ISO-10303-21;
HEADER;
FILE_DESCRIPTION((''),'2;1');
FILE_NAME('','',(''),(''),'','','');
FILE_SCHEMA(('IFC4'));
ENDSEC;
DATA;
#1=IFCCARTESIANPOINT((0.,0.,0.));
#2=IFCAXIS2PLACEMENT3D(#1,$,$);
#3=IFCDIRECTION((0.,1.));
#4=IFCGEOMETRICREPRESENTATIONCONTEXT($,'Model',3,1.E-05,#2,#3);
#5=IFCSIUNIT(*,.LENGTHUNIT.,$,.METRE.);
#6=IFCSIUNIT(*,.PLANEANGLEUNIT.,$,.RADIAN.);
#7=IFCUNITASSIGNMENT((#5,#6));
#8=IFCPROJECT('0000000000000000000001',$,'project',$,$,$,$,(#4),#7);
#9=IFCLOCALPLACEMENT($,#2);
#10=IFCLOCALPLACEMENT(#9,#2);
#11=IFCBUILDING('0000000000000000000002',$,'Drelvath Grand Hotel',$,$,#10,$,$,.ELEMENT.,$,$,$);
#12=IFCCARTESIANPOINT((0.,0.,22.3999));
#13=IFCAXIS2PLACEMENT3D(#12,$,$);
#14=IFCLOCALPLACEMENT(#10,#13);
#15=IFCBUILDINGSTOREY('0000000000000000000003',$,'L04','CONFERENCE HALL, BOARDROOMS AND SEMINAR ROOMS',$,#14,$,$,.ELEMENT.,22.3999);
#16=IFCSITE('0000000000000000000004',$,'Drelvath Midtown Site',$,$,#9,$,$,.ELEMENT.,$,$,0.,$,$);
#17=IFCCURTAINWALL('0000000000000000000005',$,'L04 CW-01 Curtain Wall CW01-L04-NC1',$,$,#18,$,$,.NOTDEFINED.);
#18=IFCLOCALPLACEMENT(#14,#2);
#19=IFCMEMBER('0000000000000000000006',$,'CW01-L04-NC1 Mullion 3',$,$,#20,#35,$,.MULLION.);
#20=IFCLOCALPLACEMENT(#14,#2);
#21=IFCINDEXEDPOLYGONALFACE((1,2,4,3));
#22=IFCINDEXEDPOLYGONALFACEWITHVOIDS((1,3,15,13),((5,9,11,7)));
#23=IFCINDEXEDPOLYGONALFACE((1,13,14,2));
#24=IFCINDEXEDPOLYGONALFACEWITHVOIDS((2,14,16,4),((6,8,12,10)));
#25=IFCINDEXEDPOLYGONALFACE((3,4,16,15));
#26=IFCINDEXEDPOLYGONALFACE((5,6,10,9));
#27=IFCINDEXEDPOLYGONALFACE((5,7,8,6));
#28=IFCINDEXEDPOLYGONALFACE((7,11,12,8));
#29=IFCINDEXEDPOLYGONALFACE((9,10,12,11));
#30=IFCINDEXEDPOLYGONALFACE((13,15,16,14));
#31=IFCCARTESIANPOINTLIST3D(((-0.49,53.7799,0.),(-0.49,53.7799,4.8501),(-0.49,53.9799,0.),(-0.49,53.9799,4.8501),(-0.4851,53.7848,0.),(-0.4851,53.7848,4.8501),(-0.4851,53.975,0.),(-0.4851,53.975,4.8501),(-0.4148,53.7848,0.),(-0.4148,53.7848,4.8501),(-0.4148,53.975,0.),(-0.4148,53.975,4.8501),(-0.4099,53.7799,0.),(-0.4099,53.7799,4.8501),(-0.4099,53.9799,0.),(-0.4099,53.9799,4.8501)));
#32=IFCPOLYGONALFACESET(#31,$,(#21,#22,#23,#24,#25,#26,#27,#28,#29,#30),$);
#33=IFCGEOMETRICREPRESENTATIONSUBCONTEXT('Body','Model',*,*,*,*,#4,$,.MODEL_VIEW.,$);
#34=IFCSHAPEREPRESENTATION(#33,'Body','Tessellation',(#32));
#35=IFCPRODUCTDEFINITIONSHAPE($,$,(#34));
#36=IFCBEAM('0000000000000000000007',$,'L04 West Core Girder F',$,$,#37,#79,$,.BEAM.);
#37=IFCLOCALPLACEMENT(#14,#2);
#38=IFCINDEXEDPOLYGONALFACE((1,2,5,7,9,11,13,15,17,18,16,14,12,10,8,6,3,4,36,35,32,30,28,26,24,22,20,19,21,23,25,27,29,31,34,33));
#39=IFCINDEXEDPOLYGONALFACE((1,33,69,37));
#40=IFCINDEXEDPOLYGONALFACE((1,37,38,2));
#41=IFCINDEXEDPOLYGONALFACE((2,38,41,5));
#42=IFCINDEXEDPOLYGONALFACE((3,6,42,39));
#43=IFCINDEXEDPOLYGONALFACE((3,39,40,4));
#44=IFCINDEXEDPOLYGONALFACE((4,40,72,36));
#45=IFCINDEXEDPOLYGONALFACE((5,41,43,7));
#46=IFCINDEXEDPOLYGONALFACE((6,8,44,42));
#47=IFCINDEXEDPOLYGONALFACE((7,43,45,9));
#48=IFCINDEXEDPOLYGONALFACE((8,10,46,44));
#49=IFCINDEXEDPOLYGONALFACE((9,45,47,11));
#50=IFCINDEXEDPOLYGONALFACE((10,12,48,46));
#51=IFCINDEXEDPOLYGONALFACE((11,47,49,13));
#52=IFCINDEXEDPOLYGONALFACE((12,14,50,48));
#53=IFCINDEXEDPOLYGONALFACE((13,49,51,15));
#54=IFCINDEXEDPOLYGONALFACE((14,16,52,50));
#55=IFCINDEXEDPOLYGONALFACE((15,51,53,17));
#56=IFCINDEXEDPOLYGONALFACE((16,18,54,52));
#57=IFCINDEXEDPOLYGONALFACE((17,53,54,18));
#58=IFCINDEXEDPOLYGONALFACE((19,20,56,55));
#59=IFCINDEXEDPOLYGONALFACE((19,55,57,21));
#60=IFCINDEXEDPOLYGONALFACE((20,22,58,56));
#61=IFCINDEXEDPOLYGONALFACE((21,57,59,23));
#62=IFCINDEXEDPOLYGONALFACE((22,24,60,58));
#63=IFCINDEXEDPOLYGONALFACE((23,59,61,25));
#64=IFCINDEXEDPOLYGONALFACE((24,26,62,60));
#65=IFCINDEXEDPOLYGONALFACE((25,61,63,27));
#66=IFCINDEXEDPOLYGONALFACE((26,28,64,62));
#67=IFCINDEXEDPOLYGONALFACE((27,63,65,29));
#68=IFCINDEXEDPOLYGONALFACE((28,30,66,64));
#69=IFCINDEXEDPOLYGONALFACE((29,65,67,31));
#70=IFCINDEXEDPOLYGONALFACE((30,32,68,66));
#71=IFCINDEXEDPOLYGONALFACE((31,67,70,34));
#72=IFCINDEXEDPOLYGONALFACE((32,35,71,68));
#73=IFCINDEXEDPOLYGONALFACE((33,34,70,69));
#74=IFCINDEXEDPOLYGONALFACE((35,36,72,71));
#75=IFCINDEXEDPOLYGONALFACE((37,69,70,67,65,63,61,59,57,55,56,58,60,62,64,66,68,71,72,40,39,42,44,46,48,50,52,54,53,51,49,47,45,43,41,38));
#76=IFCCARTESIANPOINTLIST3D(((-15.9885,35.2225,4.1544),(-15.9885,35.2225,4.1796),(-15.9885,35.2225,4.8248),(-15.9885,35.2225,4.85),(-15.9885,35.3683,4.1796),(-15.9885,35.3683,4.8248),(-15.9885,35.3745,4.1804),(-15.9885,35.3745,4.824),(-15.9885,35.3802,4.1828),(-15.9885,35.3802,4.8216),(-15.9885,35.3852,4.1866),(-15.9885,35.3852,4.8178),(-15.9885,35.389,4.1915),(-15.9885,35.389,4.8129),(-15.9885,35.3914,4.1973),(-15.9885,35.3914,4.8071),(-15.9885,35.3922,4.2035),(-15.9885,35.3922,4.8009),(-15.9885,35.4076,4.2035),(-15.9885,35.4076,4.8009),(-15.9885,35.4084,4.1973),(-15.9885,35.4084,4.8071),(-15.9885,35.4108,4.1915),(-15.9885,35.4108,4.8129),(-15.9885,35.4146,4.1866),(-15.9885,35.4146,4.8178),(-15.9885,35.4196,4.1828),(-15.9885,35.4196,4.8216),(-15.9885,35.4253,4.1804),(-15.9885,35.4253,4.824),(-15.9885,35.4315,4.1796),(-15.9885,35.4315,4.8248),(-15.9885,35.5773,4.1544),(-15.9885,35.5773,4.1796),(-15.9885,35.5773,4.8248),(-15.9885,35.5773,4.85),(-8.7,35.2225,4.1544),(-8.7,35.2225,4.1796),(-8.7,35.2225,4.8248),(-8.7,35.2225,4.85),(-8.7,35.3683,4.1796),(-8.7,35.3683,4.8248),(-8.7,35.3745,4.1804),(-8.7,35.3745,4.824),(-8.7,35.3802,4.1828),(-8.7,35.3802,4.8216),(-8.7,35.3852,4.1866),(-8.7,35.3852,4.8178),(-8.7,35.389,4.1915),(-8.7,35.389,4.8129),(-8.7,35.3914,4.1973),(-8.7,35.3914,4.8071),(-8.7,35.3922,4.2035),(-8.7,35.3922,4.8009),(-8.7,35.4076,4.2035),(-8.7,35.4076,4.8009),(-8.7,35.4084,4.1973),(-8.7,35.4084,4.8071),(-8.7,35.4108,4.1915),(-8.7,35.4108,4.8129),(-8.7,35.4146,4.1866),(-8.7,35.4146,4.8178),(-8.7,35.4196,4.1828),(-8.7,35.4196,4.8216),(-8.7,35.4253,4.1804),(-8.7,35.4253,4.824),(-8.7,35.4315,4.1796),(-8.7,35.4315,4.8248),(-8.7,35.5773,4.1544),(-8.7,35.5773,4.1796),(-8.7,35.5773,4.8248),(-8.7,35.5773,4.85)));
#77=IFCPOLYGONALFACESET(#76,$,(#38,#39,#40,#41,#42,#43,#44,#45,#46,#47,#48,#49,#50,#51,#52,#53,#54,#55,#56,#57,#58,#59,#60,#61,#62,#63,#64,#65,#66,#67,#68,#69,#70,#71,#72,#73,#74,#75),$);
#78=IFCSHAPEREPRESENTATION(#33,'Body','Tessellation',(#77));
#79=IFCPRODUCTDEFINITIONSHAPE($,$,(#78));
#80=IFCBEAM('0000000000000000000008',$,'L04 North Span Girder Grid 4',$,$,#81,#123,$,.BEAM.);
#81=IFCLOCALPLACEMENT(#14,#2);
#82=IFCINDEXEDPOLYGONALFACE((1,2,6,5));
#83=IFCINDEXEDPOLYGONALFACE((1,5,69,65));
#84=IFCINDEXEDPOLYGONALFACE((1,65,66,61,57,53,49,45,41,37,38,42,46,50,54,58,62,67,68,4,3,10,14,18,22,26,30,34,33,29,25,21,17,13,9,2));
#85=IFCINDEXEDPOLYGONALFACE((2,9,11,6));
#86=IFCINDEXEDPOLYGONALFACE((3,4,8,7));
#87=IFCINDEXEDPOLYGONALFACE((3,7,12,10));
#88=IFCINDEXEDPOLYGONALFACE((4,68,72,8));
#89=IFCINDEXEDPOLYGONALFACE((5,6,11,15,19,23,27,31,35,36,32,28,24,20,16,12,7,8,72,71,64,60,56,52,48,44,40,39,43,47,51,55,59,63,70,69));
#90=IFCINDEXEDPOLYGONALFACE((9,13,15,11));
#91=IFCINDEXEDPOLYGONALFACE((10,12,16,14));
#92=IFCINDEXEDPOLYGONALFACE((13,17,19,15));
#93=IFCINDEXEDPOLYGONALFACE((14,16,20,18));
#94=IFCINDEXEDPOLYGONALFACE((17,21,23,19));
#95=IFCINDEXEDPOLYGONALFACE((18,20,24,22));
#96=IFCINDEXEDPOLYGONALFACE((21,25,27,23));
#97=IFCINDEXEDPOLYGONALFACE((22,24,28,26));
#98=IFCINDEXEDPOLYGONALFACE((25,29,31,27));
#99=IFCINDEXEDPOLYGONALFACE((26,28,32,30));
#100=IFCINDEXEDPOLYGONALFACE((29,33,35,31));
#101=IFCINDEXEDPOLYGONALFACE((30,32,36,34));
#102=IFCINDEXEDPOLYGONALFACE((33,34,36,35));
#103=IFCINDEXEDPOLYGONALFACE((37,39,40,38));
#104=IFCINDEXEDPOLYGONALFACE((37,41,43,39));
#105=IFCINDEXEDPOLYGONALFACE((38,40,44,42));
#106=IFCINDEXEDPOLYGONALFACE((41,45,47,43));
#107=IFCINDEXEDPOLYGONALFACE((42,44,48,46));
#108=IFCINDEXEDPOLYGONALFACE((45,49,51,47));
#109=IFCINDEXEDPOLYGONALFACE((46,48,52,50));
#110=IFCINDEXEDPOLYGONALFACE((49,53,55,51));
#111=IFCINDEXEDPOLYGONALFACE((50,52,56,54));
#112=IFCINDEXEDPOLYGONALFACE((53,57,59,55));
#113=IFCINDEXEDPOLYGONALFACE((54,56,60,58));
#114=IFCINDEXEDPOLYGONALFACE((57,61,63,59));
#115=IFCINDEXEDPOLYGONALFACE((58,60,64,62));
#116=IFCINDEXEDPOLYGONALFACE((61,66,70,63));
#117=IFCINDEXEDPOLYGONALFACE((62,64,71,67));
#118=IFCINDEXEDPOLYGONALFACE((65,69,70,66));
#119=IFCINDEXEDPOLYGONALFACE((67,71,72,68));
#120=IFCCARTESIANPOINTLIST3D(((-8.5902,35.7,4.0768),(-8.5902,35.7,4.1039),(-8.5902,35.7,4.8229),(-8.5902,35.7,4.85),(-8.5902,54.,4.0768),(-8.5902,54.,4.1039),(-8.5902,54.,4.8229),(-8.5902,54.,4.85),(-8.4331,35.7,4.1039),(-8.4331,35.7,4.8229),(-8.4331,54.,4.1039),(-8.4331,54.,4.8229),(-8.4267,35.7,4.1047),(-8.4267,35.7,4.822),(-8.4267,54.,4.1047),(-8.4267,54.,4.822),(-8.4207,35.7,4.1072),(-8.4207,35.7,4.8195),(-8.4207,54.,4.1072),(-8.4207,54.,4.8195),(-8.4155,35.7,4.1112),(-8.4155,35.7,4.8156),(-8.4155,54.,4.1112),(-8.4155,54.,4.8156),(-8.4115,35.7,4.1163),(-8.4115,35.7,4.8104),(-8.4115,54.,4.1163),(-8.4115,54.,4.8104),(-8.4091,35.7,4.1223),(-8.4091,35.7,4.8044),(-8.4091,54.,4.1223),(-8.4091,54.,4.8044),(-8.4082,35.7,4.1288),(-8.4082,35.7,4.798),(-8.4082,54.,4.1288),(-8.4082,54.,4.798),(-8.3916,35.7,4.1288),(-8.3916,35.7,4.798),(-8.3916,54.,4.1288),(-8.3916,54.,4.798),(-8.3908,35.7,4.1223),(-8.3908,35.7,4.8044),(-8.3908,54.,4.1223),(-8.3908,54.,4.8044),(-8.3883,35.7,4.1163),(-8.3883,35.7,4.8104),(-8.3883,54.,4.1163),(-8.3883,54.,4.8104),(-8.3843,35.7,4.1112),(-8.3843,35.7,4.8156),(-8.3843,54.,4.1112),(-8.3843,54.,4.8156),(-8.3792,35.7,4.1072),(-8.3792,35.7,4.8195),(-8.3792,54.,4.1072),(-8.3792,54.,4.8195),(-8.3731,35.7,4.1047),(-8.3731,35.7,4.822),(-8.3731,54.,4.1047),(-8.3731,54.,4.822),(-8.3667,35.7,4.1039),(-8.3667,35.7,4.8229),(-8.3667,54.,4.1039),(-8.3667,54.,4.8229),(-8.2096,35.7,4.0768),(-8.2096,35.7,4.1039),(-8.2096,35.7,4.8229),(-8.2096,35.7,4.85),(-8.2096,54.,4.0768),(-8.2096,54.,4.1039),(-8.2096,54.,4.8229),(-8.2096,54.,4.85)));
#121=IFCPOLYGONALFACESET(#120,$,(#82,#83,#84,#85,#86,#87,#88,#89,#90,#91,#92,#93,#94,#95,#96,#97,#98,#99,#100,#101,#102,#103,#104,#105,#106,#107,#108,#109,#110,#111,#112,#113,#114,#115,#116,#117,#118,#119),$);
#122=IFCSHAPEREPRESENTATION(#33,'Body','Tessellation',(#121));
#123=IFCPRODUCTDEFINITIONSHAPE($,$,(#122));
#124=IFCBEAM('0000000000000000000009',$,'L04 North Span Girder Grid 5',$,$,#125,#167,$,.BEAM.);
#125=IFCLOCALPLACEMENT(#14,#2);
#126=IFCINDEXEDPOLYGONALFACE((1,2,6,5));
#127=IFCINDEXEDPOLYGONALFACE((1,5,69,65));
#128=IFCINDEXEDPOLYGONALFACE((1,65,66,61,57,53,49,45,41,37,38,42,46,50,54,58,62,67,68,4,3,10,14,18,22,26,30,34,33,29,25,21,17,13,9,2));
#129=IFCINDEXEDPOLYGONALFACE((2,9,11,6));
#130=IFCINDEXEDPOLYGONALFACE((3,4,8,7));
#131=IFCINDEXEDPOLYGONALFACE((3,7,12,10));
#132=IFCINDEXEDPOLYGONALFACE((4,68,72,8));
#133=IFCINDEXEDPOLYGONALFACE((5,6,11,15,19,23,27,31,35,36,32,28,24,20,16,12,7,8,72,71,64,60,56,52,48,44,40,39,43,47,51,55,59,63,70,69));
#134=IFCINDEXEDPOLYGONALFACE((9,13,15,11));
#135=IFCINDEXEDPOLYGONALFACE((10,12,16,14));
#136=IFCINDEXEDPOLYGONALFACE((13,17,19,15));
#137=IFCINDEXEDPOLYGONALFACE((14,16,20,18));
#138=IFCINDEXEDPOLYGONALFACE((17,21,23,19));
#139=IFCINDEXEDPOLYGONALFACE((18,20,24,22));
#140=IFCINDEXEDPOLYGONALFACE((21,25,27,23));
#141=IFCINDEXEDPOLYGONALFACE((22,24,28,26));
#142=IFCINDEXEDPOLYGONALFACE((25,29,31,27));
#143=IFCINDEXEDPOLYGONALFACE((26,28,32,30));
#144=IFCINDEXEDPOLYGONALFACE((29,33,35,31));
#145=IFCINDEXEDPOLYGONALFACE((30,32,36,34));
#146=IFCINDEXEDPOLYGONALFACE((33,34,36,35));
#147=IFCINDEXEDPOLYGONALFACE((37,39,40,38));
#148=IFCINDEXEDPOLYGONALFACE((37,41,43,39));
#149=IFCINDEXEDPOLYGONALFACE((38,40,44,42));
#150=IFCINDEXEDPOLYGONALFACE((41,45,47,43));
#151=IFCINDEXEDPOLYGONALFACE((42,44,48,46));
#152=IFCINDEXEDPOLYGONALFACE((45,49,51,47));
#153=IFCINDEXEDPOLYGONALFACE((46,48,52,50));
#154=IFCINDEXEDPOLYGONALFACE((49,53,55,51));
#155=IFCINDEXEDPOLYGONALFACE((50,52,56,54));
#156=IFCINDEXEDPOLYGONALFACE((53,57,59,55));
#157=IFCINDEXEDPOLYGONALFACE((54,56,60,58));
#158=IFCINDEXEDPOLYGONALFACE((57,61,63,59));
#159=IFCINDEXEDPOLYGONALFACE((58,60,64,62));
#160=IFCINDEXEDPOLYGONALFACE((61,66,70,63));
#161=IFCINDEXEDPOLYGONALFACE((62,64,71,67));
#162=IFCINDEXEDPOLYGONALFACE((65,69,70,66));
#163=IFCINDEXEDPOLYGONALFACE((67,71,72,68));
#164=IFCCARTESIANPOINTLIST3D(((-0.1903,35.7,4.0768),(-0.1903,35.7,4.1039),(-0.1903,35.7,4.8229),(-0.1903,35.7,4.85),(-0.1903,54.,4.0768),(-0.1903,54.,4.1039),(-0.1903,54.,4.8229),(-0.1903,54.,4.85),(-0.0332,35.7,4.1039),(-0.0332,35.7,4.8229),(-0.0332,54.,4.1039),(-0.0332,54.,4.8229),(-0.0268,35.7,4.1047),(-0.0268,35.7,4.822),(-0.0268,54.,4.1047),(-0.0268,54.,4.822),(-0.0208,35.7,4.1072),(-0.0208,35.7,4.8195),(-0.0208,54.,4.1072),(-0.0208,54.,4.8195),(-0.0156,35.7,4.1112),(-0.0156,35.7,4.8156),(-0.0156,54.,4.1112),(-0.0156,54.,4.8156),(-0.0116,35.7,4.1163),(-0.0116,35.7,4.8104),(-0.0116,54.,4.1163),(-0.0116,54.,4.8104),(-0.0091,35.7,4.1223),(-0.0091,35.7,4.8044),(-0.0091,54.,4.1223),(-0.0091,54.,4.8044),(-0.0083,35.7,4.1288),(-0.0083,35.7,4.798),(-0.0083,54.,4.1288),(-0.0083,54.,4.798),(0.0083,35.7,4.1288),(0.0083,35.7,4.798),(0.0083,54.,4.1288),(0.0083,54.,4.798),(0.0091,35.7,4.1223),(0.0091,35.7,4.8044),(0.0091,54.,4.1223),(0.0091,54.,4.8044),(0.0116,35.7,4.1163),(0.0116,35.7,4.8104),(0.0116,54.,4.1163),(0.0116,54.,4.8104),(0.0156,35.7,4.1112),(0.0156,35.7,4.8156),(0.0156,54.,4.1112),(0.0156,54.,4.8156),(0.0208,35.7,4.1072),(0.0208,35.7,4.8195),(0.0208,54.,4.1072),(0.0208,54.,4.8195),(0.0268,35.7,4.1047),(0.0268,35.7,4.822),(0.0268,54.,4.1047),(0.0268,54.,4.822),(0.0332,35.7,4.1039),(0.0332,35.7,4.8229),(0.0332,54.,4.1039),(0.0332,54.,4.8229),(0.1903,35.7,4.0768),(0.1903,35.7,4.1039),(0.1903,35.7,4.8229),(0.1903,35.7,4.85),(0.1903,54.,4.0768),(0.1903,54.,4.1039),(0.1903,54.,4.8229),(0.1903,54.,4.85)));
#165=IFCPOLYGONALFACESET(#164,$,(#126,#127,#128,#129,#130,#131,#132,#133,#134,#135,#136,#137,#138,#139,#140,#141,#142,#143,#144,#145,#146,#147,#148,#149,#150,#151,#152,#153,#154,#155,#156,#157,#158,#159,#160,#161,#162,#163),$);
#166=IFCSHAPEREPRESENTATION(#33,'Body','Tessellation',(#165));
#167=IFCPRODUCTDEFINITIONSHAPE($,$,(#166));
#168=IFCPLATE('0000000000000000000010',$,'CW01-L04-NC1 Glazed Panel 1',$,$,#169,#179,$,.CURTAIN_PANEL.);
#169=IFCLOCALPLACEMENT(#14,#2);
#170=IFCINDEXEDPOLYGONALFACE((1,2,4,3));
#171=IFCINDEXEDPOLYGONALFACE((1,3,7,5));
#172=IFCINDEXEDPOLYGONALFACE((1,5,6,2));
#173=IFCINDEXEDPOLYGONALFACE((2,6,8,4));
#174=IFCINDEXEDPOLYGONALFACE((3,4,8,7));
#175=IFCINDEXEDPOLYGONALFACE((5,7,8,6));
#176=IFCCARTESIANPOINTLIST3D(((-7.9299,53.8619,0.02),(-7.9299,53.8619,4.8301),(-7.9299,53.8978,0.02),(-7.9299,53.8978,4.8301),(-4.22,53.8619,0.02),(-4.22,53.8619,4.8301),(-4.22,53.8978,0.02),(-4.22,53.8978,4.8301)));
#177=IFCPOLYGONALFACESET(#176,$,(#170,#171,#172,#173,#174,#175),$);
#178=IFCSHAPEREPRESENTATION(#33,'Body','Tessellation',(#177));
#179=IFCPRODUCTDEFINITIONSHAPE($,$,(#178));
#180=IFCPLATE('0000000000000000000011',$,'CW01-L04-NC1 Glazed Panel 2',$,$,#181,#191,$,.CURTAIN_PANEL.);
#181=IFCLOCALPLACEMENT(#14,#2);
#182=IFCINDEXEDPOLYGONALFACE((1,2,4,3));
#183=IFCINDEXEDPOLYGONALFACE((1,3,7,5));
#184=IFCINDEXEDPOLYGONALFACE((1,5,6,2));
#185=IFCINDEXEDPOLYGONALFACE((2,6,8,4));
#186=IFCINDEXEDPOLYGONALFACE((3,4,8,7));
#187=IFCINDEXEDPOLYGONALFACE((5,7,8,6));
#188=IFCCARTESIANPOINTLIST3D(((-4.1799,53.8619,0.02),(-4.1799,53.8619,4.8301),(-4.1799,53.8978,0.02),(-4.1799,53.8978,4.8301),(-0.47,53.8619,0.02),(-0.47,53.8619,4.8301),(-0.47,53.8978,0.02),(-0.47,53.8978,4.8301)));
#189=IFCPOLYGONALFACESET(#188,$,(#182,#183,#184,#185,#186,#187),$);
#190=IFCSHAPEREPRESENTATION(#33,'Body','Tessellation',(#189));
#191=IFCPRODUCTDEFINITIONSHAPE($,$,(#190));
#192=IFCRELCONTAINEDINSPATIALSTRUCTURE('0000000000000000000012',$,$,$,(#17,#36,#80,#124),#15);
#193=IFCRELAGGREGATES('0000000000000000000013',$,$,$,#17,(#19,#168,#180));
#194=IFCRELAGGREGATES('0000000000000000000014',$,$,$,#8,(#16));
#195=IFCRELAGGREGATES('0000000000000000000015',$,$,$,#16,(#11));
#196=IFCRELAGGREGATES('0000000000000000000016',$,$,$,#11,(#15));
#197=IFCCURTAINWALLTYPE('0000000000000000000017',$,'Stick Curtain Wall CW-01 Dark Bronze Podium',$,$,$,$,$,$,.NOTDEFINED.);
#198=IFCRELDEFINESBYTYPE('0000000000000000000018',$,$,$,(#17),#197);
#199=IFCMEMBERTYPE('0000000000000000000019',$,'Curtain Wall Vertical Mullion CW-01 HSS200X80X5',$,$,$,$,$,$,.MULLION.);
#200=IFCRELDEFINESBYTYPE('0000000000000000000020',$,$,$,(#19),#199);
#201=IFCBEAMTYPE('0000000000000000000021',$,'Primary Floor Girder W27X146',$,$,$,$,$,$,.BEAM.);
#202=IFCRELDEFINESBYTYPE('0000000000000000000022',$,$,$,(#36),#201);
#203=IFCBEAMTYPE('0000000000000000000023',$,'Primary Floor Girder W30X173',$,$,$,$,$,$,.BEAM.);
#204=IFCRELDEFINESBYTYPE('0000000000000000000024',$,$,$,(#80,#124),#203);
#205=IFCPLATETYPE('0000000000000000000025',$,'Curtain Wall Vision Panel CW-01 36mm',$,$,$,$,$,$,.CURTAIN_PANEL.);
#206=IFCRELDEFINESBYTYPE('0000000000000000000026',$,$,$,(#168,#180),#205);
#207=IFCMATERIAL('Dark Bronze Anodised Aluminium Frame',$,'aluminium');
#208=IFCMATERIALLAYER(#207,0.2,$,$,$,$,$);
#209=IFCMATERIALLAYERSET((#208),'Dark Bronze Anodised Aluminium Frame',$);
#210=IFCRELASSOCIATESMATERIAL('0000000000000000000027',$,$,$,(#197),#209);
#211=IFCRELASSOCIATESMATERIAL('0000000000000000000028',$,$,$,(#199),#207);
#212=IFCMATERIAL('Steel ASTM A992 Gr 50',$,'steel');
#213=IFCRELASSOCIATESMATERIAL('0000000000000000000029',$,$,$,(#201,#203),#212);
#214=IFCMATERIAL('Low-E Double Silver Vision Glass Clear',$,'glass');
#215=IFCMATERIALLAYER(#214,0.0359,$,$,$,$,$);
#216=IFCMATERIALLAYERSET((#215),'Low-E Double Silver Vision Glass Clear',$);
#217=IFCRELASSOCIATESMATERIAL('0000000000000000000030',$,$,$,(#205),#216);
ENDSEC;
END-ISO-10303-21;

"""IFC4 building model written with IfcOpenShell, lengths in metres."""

from ifc_helpers import new_model, si_unit, direction, frame, origin, origin_2d, place, context, subcontext, project, spatial, rectangle, hollow_rectangle, i_section, extrude, material, layer, layer_set, material_profile, profile_set, type_object, element, aggregate, save


model = new_model("IFC4")

# Units and contexts
model_context = context("Model", 3, precision=1e-05, world=origin(), true_north=direction((0.0, 1.0)))
body_context = subcontext(model_context, "Body", "Model", "MODEL_VIEW")
ifc_project = project(units=[si_unit("LENGTHUNIT", "METRE"), si_unit("PLANEANGLEUNIT", "RADIAN")], contexts=[model_context])

# Site, building, storey
site_placement = place(None, origin())
site = spatial("IfcSite", under=ifc_project, at=site_placement, Name="Drelvath Midtown Site", CompositionType="ELEMENT", RefElevation=0.0)
building_placement = place(site_placement, origin())
building = spatial("IfcBuilding", under=site, at=building_placement, Name="Drelvath Grand Hotel", CompositionType="ELEMENT")
storey_placement = place(building_placement, frame((0.0, 0.0, 22.3999)))
storey = spatial("IfcBuildingStorey", under=building, at=storey_placement, Name="L04", Description="CONFERENCE HALL, BOARDROOMS AND SEMINAR ROOMS", CompositionType="ELEMENT", Elevation=22.3999)

# Curtain wall, member
ifc_material_1 = material(Name="Dark Bronze Anodised Aluminium Frame", Category="aluminium")
ifc_layer_1 = layer(ifc_material_1, 0.2)
ifc_layer_set_1 = layer_set([ifc_layer_1], Name="Dark Bronze Anodised Aluminium Frame")
curtain_wall_type = type_object("IfcCurtainWallType", Name="Stick Curtain Wall CW-01 Dark Bronze Podium", PredefinedType="NOTDEFINED", material=ifc_layer_set_1)
curtain_wall_placement = place(storey_placement, origin())
curtain_wall = element("IfcCurtainWall", 1, at=curtain_wall_placement, inside=storey, type_object=curtain_wall_type, Name="L04 CW-01 Curtain Wall CW01-L04-NC1", PredefinedType="NOTDEFINED")
ifc_material_profile_1 = material_profile(ifc_material_1, hollow_rectangle(XDim=0.0801, YDim=0.2, WallThickness=0.0049, at=origin_2d()), Name="HSS200X80X5")
ifc_profile_set_1 = profile_set([ifc_material_profile_1], Name="Dark Bronze Anodised Aluminium Frame")
member_type_1 = type_object("IfcMemberType", Name="Curtain Wall Vertical Mullion CW-01 HSS200X80X5", PredefinedType="MULLION", material=ifc_profile_set_1)
member_1_placement = place(storey_placement, frame((-0.45, 53.8799, 0.0), z_axis=(0.0, 0.0, 1.0), x_axis=(1.0, 0.0, 0.0)))
member_1 = element("IfcMember", 2, at=member_1_placement, type_object=member_type_1, Name="CW01-L04-NC1 Mullion 3", PredefinedType="MULLION", context=body_context, shape_type="SweptSolid", body=[
    extrude(hollow_rectangle(XDim=0.0801, YDim=0.2, WallThickness=0.0049, at=origin_2d()), origin(), (0.0, 0.0, 1.0), 4.8501),
])

# Beams
ifc_material_2 = material(Name="Steel ASTM A992 Gr 50", Category="steel")
ifc_material_profile_2 = material_profile(ifc_material_2, i_section(OverallWidth=0.3547, OverallDepth=0.6956, WebThickness=0.0154, FlangeThickness=0.0251, FilletRadius=0.0239, at=origin_2d()), Name="W27X146")
ifc_profile_set_2 = profile_set([ifc_material_profile_2], Name="Steel ASTM A992 Gr 50")
beam_type_1 = type_object("IfcBeamType", Name="Primary Floor Girder W27X146", PredefinedType="BEAM", material=ifc_profile_set_2)
beam_placement = place(storey_placement, frame((-15.9885, 35.3999, 4.5022), z_axis=(1.0, 0.0, 0.0), x_axis=(0.0, 1.0, 0.0)))
element("IfcBeam", 3, at=beam_placement, inside=storey, type_object=beam_type_1, Name="L04 West Core Girder F", PredefinedType="BEAM", context=body_context, shape_type="SweptSolid", body=[
    extrude(i_section(OverallWidth=0.3547, OverallDepth=0.6956, WebThickness=0.0154, FlangeThickness=0.0251, FilletRadius=0.0239, at=origin_2d()), origin(), (0.0, 0.0, 1.0), 7.2886),
])
ifc_material_profile_3 = material_profile(ifc_material_2, i_section(OverallWidth=0.3806, OverallDepth=0.7732, WebThickness=0.0166, FlangeThickness=0.0271, FilletRadius=0.0249, at=origin_2d()), Name="W30X173")
ifc_profile_set_3 = profile_set([ifc_material_profile_3], Name="Steel ASTM A992 Gr 50")
beam_type_2 = type_object("IfcBeamType", Name="Primary Floor Girder W30X173", PredefinedType="BEAM", material=ifc_profile_set_3)
for number, where, z_axis, x_axis, name in (
    (4, (-8.3999, 35.7, 4.4634), (0.0, 1.0, 0.0), (-1.0, 0.0, 0.0), "L04 North Span Girder Grid 4"),
    (5, (0.0, 35.7, 4.4634), (0.0, 1.0, 0.0), (-1.0, 0.0, 0.0), "L04 North Span Girder Grid 5"),
):
    element("IfcBeam", number, at=place(storey_placement, frame(where, z_axis=z_axis, x_axis=x_axis)), inside=storey, type_object=beam_type_2, Name=name, PredefinedType="BEAM", context=body_context, shape_type="SweptSolid", body=[
        extrude(i_section(OverallWidth=0.3806, OverallDepth=0.7732, WebThickness=0.0166, FlangeThickness=0.0271, FilletRadius=0.0249, at=origin_2d()), origin(), (0.0, 0.0, 1.0), 18.3),
    ])

# Plates
ifc_material_3 = material(Name="Low-E Double Silver Vision Glass Clear", Category="glass")
ifc_layer_2 = layer(ifc_material_3, 0.0359)
ifc_layer_set_2 = layer_set([ifc_layer_2], Name="Low-E Double Silver Vision Glass Clear")
plate_type = type_object("IfcPlateType", Name="Curtain Wall Vision Panel CW-01 36mm", PredefinedType="CURTAIN_PANEL", material=ifc_layer_set_2)
plate_1_placement = place(storey_placement, frame((-6.075, 53.8799, 0.02), z_axis=(0.0, 0.0, 1.0), x_axis=(1.0, 0.0, 0.0)))
plate_1 = element("IfcPlate", 6, at=plate_1_placement, type_object=plate_type, Name="CW01-L04-NC1 Glazed Panel 1", PredefinedType="CURTAIN_PANEL", context=body_context, shape_type="SweptSolid", body=[
    extrude(rectangle(XDim=3.71, YDim=0.0359, at=origin_2d()), origin(), (0.0, 0.0, 1.0), 4.8101),
])
plate_2_placement = place(storey_placement, frame((-2.325, 53.8799, 0.02), z_axis=(0.0, 0.0, 1.0), x_axis=(1.0, 0.0, 0.0)))
plate_2 = element("IfcPlate", 7, at=plate_2_placement, type_object=plate_type, Name="CW01-L04-NC1 Glazed Panel 2", PredefinedType="CURTAIN_PANEL", context=body_context, shape_type="SweptSolid", body=[
    extrude(rectangle(XDim=3.71, YDim=0.0359, at=origin_2d()), origin(), (0.0, 0.0, 1.0), 4.8101),
])
aggregate(curtain_wall, [member_1, plate_1, plate_2])

save(model, "model.ifc")
